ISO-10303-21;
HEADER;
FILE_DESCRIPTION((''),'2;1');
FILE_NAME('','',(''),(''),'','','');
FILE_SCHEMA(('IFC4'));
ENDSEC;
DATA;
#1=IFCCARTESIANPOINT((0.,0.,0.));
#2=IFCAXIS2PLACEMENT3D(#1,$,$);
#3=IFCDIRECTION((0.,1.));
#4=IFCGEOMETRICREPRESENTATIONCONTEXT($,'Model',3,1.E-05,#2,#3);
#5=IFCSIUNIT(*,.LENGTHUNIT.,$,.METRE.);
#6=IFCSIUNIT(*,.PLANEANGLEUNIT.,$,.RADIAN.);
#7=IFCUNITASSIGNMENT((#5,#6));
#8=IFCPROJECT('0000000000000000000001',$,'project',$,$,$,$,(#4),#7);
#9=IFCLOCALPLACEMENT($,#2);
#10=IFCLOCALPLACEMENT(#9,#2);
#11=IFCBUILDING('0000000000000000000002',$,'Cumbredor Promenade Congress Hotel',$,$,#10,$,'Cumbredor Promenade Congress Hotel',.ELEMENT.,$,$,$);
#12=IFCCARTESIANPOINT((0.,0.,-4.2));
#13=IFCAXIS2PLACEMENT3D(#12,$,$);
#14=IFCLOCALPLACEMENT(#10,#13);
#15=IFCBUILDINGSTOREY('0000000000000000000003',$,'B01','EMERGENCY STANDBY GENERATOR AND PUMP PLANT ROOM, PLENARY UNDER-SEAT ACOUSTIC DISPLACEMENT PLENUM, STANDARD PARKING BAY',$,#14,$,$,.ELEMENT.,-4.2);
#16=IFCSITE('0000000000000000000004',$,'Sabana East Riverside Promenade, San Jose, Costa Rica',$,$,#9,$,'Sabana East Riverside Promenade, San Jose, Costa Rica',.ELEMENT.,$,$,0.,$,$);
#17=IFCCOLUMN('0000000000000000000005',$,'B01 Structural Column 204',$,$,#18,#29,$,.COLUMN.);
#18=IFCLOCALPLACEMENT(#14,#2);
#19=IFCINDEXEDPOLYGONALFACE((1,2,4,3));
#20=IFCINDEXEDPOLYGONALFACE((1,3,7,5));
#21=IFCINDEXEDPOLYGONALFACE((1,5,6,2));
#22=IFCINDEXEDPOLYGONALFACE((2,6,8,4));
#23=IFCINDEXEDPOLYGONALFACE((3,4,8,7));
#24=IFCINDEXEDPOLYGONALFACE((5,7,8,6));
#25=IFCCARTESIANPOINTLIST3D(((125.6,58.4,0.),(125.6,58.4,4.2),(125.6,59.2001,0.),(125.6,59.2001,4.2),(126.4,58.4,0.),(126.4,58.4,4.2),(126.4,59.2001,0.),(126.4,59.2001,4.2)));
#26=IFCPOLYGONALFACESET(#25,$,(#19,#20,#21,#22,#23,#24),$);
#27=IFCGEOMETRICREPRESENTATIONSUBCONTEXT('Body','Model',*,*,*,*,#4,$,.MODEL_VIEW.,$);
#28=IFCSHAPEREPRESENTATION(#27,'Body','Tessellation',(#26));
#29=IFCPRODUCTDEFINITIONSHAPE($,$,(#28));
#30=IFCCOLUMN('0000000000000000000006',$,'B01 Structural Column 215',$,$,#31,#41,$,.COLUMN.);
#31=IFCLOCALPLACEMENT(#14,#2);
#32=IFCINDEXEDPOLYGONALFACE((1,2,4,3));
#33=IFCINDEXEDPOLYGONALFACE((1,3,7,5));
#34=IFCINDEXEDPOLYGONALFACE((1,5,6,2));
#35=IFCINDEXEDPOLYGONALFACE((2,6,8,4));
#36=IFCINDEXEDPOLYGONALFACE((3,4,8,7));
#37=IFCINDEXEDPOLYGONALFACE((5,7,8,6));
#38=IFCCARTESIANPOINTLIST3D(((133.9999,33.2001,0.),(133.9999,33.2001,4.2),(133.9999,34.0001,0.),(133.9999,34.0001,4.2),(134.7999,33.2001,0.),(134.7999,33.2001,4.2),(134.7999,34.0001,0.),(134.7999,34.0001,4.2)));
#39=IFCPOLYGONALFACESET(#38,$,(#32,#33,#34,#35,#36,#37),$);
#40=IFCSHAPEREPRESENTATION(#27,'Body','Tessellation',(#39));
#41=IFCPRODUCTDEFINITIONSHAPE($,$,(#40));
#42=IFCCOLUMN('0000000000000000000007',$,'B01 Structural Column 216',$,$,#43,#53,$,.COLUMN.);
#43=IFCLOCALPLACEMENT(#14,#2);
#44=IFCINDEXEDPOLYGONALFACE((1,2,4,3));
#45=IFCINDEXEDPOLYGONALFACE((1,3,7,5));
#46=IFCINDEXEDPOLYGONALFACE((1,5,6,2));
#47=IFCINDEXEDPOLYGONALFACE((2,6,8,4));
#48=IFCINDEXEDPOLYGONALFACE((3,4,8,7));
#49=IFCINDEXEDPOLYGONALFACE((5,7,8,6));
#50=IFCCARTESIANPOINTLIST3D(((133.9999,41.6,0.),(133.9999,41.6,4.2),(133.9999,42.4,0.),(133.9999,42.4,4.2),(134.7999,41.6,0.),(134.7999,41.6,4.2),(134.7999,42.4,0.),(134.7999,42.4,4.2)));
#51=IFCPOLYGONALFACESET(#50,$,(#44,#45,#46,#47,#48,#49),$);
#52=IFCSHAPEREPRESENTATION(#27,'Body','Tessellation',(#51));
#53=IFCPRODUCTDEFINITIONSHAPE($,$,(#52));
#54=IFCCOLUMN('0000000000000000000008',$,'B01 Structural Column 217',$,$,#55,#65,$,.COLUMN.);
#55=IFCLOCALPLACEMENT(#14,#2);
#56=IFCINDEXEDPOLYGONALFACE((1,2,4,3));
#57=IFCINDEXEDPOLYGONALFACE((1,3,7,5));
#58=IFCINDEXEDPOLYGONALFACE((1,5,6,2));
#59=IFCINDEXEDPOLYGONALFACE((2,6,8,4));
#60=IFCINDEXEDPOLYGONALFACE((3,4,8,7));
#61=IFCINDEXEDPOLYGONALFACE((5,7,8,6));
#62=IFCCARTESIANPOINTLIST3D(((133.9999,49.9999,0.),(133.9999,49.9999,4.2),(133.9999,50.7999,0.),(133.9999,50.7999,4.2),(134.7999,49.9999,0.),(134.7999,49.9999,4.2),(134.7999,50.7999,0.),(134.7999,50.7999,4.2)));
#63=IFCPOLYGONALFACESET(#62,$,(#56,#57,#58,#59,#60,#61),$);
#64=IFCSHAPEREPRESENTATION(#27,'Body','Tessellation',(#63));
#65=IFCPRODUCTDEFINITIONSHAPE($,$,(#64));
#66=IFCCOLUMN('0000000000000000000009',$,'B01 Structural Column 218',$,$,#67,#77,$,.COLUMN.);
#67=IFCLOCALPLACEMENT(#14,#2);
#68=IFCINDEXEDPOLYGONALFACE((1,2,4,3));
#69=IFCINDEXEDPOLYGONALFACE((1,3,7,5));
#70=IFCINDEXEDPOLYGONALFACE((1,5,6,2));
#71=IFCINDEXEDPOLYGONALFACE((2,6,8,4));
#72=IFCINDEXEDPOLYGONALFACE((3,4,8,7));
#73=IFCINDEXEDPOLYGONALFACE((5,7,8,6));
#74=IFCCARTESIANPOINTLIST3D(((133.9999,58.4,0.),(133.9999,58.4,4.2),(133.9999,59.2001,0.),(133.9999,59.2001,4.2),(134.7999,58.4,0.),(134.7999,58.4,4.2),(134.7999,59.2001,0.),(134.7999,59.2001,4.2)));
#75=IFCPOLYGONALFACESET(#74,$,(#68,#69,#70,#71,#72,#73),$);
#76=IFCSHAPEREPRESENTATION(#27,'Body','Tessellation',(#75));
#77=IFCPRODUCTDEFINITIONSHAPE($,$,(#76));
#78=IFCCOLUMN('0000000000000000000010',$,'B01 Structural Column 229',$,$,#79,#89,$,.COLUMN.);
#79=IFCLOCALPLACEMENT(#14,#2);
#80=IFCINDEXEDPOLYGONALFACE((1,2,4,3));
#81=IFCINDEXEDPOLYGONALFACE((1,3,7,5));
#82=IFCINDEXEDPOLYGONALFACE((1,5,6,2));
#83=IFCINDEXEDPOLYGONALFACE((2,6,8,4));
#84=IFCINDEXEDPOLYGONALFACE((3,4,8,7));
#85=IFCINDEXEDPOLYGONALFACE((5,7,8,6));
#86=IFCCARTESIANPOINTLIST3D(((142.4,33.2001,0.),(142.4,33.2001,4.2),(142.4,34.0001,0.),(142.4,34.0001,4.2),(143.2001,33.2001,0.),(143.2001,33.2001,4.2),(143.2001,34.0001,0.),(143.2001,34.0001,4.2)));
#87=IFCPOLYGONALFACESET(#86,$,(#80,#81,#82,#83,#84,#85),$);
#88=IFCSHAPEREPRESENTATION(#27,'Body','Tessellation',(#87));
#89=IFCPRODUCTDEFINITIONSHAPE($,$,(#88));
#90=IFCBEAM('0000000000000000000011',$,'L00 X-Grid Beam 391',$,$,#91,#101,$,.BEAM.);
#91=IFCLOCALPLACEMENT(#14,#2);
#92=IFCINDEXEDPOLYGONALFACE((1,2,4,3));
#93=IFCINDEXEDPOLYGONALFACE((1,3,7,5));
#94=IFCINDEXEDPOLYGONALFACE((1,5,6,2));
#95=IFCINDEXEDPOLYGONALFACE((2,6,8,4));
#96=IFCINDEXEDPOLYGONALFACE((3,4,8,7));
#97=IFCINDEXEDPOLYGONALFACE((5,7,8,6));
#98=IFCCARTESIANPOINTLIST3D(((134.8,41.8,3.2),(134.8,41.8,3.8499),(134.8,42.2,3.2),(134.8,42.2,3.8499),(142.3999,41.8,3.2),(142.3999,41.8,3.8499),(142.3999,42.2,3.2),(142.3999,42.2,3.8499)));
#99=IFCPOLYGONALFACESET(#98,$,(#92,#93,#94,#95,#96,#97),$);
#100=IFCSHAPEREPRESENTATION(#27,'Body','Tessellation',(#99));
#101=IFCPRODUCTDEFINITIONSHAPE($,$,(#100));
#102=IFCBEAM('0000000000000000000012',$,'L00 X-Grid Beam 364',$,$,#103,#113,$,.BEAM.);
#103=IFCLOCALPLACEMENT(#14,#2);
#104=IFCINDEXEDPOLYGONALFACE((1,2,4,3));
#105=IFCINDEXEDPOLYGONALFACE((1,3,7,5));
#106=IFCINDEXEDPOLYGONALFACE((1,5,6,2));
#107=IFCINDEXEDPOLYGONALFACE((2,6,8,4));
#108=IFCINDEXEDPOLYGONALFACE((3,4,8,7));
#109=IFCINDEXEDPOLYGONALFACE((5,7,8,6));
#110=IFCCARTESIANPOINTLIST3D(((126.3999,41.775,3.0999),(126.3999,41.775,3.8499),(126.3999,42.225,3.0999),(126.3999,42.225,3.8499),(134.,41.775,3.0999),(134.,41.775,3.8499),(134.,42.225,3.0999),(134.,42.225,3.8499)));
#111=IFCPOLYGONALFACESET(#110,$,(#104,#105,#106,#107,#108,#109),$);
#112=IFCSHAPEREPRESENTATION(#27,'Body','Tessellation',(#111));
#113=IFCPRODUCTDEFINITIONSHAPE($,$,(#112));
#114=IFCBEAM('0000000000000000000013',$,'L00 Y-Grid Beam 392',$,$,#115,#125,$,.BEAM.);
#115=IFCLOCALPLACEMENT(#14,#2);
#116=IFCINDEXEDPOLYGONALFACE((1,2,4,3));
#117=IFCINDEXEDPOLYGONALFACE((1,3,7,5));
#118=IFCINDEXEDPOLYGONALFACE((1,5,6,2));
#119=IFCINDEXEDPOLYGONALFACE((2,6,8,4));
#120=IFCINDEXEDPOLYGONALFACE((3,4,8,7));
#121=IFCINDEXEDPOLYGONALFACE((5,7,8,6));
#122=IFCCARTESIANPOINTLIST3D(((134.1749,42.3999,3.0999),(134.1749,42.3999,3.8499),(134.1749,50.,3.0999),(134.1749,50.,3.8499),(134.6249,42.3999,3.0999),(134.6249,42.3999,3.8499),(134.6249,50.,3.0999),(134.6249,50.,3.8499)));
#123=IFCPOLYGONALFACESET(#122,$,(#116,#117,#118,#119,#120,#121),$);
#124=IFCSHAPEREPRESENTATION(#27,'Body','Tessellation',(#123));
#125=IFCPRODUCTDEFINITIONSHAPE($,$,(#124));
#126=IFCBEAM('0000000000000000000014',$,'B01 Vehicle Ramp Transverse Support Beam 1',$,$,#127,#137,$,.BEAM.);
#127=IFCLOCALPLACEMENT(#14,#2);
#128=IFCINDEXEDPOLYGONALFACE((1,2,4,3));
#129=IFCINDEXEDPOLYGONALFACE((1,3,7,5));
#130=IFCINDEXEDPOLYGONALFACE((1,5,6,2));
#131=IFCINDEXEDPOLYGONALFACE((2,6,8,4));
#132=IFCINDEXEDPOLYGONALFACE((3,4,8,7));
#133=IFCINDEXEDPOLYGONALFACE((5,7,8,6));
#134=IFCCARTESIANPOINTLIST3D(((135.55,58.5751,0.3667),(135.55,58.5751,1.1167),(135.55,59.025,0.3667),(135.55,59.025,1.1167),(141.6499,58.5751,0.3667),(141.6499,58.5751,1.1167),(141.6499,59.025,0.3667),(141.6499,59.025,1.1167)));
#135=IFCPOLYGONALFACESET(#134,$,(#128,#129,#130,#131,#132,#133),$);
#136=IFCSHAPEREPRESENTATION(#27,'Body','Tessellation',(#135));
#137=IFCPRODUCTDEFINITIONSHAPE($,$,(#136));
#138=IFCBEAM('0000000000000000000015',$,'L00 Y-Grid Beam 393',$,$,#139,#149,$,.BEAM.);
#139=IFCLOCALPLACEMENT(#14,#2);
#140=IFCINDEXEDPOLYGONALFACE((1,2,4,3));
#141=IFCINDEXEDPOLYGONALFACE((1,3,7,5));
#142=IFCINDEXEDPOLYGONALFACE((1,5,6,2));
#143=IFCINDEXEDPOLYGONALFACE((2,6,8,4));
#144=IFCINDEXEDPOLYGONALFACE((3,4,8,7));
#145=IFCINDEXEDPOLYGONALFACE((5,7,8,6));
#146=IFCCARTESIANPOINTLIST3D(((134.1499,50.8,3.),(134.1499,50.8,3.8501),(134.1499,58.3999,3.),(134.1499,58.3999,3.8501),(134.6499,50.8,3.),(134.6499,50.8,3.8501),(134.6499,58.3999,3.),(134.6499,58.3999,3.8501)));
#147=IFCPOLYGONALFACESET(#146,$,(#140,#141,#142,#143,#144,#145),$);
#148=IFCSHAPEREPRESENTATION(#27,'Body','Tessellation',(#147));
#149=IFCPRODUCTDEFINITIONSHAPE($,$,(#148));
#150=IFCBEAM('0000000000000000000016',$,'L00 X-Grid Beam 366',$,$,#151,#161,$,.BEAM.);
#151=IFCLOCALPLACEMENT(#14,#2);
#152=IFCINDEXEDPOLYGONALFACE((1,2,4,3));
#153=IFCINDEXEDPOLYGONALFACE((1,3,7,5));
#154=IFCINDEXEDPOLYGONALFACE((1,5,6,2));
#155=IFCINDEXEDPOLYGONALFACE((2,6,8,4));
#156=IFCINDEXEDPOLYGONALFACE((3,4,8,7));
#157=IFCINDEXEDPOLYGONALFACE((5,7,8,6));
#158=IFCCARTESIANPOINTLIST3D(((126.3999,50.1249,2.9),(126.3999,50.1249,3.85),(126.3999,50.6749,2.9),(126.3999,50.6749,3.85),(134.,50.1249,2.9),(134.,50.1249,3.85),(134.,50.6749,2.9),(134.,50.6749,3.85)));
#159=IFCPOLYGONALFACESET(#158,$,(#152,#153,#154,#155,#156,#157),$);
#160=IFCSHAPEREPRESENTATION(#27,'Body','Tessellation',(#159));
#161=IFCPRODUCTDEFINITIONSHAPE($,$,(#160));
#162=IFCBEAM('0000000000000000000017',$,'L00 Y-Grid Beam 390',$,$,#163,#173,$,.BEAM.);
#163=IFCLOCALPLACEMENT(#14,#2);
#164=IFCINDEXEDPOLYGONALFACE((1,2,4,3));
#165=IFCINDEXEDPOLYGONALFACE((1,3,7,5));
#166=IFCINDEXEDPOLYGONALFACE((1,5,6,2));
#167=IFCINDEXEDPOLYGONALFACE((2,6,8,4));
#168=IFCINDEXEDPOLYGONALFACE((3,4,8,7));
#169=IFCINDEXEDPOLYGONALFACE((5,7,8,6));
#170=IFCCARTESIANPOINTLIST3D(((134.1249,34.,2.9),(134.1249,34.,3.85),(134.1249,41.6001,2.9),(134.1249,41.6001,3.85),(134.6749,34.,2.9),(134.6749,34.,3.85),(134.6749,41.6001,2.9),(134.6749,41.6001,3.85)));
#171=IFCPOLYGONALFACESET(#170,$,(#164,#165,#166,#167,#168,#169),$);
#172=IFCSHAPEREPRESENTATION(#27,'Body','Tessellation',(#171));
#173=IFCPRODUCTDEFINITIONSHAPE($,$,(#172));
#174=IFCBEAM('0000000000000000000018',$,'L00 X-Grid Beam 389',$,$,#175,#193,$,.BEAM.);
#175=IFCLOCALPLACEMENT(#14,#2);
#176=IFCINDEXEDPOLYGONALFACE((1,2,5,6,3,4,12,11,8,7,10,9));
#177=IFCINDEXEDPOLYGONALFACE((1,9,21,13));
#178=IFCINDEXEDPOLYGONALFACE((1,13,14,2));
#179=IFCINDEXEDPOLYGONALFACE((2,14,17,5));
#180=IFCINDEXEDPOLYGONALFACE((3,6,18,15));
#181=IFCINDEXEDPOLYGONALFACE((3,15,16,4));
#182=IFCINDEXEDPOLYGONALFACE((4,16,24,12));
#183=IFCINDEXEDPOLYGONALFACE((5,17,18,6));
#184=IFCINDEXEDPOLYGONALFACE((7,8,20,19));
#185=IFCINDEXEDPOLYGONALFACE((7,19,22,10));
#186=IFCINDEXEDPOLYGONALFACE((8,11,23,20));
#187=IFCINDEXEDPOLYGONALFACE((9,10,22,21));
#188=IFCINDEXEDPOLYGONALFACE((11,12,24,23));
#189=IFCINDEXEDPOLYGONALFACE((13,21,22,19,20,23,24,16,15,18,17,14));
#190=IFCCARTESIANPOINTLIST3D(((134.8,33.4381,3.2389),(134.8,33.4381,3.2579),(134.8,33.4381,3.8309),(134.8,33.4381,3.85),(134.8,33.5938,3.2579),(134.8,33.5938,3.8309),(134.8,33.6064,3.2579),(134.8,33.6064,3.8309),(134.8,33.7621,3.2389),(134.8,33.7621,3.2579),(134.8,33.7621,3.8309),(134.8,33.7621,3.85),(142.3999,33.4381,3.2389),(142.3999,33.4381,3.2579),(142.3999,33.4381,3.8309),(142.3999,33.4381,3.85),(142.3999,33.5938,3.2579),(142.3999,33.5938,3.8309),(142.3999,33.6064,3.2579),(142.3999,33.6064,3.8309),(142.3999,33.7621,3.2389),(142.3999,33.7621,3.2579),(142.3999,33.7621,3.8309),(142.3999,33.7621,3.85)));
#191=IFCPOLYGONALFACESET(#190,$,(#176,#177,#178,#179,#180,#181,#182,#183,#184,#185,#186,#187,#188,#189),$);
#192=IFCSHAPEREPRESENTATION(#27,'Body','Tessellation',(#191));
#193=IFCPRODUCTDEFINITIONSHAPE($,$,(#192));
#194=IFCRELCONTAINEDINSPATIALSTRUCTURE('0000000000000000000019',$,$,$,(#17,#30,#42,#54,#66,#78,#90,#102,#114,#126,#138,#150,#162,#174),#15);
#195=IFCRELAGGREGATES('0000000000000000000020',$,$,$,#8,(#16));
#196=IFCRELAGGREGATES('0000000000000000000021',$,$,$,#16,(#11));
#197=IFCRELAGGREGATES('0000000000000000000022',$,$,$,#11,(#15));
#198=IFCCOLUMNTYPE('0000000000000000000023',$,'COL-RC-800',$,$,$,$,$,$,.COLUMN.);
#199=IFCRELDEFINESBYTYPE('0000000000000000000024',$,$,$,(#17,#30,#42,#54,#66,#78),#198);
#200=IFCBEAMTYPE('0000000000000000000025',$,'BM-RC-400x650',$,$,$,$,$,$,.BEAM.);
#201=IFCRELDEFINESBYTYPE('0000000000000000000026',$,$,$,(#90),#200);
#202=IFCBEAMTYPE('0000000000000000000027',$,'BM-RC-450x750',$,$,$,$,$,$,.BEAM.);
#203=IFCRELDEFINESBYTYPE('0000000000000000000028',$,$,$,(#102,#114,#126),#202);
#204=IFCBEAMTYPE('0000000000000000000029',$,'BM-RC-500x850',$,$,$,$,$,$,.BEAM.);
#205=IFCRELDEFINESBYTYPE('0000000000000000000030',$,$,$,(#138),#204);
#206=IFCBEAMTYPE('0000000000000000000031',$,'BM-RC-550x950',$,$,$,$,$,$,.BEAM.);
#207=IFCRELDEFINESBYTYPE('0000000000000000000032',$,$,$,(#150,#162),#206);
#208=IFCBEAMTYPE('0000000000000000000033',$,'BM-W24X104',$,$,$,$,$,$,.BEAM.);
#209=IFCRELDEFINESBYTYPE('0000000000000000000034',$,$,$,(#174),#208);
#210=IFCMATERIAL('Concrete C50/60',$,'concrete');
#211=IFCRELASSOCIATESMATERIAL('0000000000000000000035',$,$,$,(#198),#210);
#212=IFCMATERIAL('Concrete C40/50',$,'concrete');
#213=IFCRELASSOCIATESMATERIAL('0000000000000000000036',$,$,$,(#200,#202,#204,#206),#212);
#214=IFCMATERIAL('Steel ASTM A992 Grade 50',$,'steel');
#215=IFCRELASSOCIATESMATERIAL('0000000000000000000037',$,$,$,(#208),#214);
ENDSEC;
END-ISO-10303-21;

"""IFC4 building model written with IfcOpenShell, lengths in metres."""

from ifc_helpers import new_model, si_unit, direction, frame, origin, origin_2d, place, context, subcontext, project, spatial, rectangle, i_section, extrude, material, material_profile, profile_set, type_object, element, save


model = new_model("IFC4")

# Units and contexts
model_context = context("Model", 3, precision=1e-05, world=origin(), true_north=direction((0.0, 1.0)))
body_context = subcontext(model_context, "Body", "Model", "MODEL_VIEW")
ifc_project = project(units=[si_unit("LENGTHUNIT", "METRE"), si_unit("PLANEANGLEUNIT", "RADIAN")], contexts=[model_context])

# Site, building, storey
site_placement = place(None, origin())
site = spatial("IfcSite", under=ifc_project, at=site_placement, Name="Sabana East Riverside Promenade, San Jose, Costa Rica", LongName="Sabana East Riverside Promenade, San Jose, Costa Rica", CompositionType="ELEMENT", RefElevation=0.0)
building_placement = place(site_placement, origin())
building = spatial("IfcBuilding", under=site, at=building_placement, Name="Cumbredor Promenade Congress Hotel", LongName="Cumbredor Promenade Congress Hotel", CompositionType="ELEMENT")
storey_placement = place(building_placement, frame((0.0, 0.0, -4.2)))
storey = spatial("IfcBuildingStorey", under=building, at=storey_placement, Name="B01", Description="EMERGENCY STANDBY GENERATOR AND PUMP PLANT ROOM, PLENARY UNDER-SEAT ACOUSTIC DISPLACEMENT PLENUM, STANDARD PARKING BAY", CompositionType="ELEMENT", Elevation=-4.2)

# Columns
ifc_material_1 = material(Name="Concrete C50/60", Category="concrete")
ifc_material_profile_1 = material_profile(ifc_material_1, rectangle(XDim=0.8, YDim=0.8, at=origin_2d()), Name="RC 800x800")
ifc_profile_set_1 = profile_set([ifc_material_profile_1], Name="Concrete C50/60")
column_type = type_object("IfcColumnType", Name="COL-RC-800", PredefinedType="COLUMN", material=ifc_profile_set_1)
for number, where, z_axis, x_axis, name in (
    (1, (126.0, 58.8, 0.0), (0.0, 0.0, 1.0), (1.0, 0.0, 0.0), "B01 Structural Column 204"),
    (2, (134.3999, 33.6001, 0.0), (0.0, 0.0, 1.0), (1.0, 0.0, 0.0), "B01 Structural Column 215"),
    (3, (134.3999, 42.0, 0.0), (0.0, 0.0, 1.0), (1.0, 0.0, 0.0), "B01 Structural Column 216"),
    (4, (134.3999, 50.3999, 0.0), (0.0, 0.0, 1.0), (1.0, 0.0, 0.0), "B01 Structural Column 217"),
    (5, (134.3999, 58.8, 0.0), (0.0, 0.0, 1.0), (1.0, 0.0, 0.0), "B01 Structural Column 218"),
    (6, (142.8, 33.6001, 0.0), (0.0, 0.0, 1.0), (1.0, 0.0, 0.0), "B01 Structural Column 229"),
):
    element("IfcColumn", number, at=place(storey_placement, frame(where, z_axis=z_axis, x_axis=x_axis)), inside=storey, type_object=column_type, Name=name, PredefinedType="COLUMN", context=body_context, shape_type="SweptSolid", body=[
        extrude(rectangle(XDim=0.8, YDim=0.8, at=origin_2d()), origin(), (0.0, 0.0, 1.0), 4.2),
    ])

# Beams
ifc_material_2 = material(Name="Concrete C40/50", Category="concrete")
ifc_material_profile_2 = material_profile(ifc_material_2, rectangle(XDim=0.3999, YDim=0.6499, at=origin_2d()), Name="RC BEAM 400x650")
ifc_profile_set_2 = profile_set([ifc_material_profile_2], Name="Concrete C40/50")
beam_type_1 = type_object("IfcBeamType", Name="BM-RC-400x650", PredefinedType="BEAM", material=ifc_profile_set_2)
beam_1_placement = place(storey_placement, frame((134.8, 42.0, 3.5249), z_axis=(1.0, 0.0, 0.0), x_axis=(0.0, 1.0, 0.0)))
element("IfcBeam", 7, at=beam_1_placement, inside=storey, type_object=beam_type_1, Name="L00 X-Grid Beam 391", PredefinedType="BEAM", context=body_context, shape_type="SweptSolid", body=[
    extrude(rectangle(XDim=0.3999, YDim=0.6499, at=origin_2d()), origin(), (0.0, 0.0, 1.0), 7.5999),
])
ifc_material_profile_3 = material_profile(ifc_material_2, rectangle(XDim=0.45, YDim=0.75, at=origin_2d()), Name="RC BEAM 450x750")
ifc_profile_set_3 = profile_set([ifc_material_profile_3], Name="Concrete C40/50")
beam_type_2 = type_object("IfcBeamType", Name="BM-RC-450x750", PredefinedType="BEAM", material=ifc_profile_set_3)
for number, where, z_axis, x_axis, name in (
    (8, (126.3999, 42.0, 3.4749), (1.0, 0.0, 0.0), (0.0, 1.0, 0.0), "L00 X-Grid Beam 364"),
    (9, (134.3999, 42.3999, 3.4749), (0.0, 1.0, 0.0), (-1.0, 0.0, 0.0), "L00 Y-Grid Beam 392"),
):
    element("IfcBeam", number, at=place(storey_placement, frame(where, z_axis=z_axis, x_axis=x_axis)), inside=storey, type_object=beam_type_2, Name=name, PredefinedType="BEAM", context=body_context, shape_type="SweptSolid", body=[
        extrude(rectangle(XDim=0.45, YDim=0.75, at=origin_2d()), origin(), (0.0, 0.0, 1.0), 7.6001),
    ])
beam_2_placement = place(storey_placement, frame((135.55, 58.8, 0.7417), z_axis=(1.0, 0.0, 0.0), x_axis=(0.0, 1.0, 0.0)))
element("IfcBeam", 10, at=beam_2_placement, inside=storey, type_object=beam_type_2, Name="B01 Vehicle Ramp Transverse Support Beam 1", PredefinedType="BEAM", context=body_context, shape_type="SweptSolid", body=[
    extrude(rectangle(XDim=0.45, YDim=0.75, at=origin_2d()), origin(), (0.0, 0.0, 1.0), 6.0999),
])
ifc_material_profile_4 = material_profile(ifc_material_2, rectangle(XDim=0.5, YDim=0.8501, at=origin_2d()), Name="RC BEAM 500x850")
ifc_profile_set_4 = profile_set([ifc_material_profile_4], Name="Concrete C40/50")
beam_type_3 = type_object("IfcBeamType", Name="BM-RC-500x850", PredefinedType="BEAM", material=ifc_profile_set_4)
beam_3_placement = place(storey_placement, frame((134.3999, 50.8, 3.425), z_axis=(0.0, 1.0, 0.0), x_axis=(-1.0, 0.0, 0.0)))
element("IfcBeam", 11, at=beam_3_placement, inside=storey, type_object=beam_type_3, Name="L00 Y-Grid Beam 393", PredefinedType="BEAM", context=body_context, shape_type="SweptSolid", body=[
    extrude(rectangle(XDim=0.5, YDim=0.8501, at=origin_2d()), origin(), (0.0, 0.0, 1.0), 7.5999),
])
ifc_material_profile_5 = material_profile(ifc_material_2, rectangle(XDim=0.55, YDim=0.95, at=origin_2d()), Name="RC BEAM 550x950")
ifc_profile_set_5 = profile_set([ifc_material_profile_5], Name="Concrete C40/50")
beam_type_4 = type_object("IfcBeamType", Name="BM-RC-550x950", PredefinedType="BEAM", material=ifc_profile_set_5)
for number, where, z_axis, x_axis, name in (
    (12, (126.3999, 50.3999, 3.375), (1.0, 0.0, 0.0), (0.0, 1.0, 0.0), "L00 X-Grid Beam 366"),
    (13, (134.3999, 34.0, 3.375), (0.0, 1.0, 0.0), (-1.0, 0.0, 0.0), "L00 Y-Grid Beam 390"),
):
    element("IfcBeam", number, at=place(storey_placement, frame(where, z_axis=z_axis, x_axis=x_axis)), inside=storey, type_object=beam_type_4, Name=name, PredefinedType="BEAM", context=body_context, shape_type="SweptSolid", body=[
        extrude(rectangle(XDim=0.55, YDim=0.95, at=origin_2d()), origin(), (0.0, 0.0, 1.0), 7.6001),
    ])
ifc_material_3 = material(Name="Steel ASTM A992 Grade 50", Category="steel")
ifc_material_profile_6 = material_profile(ifc_material_3, i_section(OverallWidth=0.324, OverallDepth=0.6111, WebThickness=0.0127, FlangeThickness=0.019, at=origin_2d()), Name="W24X104")
ifc_profile_set_6 = profile_set([ifc_material_profile_6], Name="Steel ASTM A992 Grade 50")
beam_type_5 = type_object("IfcBeamType", Name="BM-W24X104", PredefinedType="BEAM", material=ifc_profile_set_6)
beam_4_placement = place(storey_placement, frame((134.8, 33.6001, 3.5444), z_axis=(1.0, 0.0, 0.0), x_axis=(0.0, 1.0, 0.0)))
element("IfcBeam", 14, at=beam_4_placement, inside=storey, type_object=beam_type_5, Name="L00 X-Grid Beam 389", PredefinedType="BEAM", context=body_context, shape_type="SweptSolid", body=[
    extrude(i_section(OverallWidth=0.324, OverallDepth=0.6111, WebThickness=0.0127, FlangeThickness=0.019, at=origin_2d()), origin(), (0.0, 0.0, 1.0), 7.5999),
])

save(model, "model.ifc")
